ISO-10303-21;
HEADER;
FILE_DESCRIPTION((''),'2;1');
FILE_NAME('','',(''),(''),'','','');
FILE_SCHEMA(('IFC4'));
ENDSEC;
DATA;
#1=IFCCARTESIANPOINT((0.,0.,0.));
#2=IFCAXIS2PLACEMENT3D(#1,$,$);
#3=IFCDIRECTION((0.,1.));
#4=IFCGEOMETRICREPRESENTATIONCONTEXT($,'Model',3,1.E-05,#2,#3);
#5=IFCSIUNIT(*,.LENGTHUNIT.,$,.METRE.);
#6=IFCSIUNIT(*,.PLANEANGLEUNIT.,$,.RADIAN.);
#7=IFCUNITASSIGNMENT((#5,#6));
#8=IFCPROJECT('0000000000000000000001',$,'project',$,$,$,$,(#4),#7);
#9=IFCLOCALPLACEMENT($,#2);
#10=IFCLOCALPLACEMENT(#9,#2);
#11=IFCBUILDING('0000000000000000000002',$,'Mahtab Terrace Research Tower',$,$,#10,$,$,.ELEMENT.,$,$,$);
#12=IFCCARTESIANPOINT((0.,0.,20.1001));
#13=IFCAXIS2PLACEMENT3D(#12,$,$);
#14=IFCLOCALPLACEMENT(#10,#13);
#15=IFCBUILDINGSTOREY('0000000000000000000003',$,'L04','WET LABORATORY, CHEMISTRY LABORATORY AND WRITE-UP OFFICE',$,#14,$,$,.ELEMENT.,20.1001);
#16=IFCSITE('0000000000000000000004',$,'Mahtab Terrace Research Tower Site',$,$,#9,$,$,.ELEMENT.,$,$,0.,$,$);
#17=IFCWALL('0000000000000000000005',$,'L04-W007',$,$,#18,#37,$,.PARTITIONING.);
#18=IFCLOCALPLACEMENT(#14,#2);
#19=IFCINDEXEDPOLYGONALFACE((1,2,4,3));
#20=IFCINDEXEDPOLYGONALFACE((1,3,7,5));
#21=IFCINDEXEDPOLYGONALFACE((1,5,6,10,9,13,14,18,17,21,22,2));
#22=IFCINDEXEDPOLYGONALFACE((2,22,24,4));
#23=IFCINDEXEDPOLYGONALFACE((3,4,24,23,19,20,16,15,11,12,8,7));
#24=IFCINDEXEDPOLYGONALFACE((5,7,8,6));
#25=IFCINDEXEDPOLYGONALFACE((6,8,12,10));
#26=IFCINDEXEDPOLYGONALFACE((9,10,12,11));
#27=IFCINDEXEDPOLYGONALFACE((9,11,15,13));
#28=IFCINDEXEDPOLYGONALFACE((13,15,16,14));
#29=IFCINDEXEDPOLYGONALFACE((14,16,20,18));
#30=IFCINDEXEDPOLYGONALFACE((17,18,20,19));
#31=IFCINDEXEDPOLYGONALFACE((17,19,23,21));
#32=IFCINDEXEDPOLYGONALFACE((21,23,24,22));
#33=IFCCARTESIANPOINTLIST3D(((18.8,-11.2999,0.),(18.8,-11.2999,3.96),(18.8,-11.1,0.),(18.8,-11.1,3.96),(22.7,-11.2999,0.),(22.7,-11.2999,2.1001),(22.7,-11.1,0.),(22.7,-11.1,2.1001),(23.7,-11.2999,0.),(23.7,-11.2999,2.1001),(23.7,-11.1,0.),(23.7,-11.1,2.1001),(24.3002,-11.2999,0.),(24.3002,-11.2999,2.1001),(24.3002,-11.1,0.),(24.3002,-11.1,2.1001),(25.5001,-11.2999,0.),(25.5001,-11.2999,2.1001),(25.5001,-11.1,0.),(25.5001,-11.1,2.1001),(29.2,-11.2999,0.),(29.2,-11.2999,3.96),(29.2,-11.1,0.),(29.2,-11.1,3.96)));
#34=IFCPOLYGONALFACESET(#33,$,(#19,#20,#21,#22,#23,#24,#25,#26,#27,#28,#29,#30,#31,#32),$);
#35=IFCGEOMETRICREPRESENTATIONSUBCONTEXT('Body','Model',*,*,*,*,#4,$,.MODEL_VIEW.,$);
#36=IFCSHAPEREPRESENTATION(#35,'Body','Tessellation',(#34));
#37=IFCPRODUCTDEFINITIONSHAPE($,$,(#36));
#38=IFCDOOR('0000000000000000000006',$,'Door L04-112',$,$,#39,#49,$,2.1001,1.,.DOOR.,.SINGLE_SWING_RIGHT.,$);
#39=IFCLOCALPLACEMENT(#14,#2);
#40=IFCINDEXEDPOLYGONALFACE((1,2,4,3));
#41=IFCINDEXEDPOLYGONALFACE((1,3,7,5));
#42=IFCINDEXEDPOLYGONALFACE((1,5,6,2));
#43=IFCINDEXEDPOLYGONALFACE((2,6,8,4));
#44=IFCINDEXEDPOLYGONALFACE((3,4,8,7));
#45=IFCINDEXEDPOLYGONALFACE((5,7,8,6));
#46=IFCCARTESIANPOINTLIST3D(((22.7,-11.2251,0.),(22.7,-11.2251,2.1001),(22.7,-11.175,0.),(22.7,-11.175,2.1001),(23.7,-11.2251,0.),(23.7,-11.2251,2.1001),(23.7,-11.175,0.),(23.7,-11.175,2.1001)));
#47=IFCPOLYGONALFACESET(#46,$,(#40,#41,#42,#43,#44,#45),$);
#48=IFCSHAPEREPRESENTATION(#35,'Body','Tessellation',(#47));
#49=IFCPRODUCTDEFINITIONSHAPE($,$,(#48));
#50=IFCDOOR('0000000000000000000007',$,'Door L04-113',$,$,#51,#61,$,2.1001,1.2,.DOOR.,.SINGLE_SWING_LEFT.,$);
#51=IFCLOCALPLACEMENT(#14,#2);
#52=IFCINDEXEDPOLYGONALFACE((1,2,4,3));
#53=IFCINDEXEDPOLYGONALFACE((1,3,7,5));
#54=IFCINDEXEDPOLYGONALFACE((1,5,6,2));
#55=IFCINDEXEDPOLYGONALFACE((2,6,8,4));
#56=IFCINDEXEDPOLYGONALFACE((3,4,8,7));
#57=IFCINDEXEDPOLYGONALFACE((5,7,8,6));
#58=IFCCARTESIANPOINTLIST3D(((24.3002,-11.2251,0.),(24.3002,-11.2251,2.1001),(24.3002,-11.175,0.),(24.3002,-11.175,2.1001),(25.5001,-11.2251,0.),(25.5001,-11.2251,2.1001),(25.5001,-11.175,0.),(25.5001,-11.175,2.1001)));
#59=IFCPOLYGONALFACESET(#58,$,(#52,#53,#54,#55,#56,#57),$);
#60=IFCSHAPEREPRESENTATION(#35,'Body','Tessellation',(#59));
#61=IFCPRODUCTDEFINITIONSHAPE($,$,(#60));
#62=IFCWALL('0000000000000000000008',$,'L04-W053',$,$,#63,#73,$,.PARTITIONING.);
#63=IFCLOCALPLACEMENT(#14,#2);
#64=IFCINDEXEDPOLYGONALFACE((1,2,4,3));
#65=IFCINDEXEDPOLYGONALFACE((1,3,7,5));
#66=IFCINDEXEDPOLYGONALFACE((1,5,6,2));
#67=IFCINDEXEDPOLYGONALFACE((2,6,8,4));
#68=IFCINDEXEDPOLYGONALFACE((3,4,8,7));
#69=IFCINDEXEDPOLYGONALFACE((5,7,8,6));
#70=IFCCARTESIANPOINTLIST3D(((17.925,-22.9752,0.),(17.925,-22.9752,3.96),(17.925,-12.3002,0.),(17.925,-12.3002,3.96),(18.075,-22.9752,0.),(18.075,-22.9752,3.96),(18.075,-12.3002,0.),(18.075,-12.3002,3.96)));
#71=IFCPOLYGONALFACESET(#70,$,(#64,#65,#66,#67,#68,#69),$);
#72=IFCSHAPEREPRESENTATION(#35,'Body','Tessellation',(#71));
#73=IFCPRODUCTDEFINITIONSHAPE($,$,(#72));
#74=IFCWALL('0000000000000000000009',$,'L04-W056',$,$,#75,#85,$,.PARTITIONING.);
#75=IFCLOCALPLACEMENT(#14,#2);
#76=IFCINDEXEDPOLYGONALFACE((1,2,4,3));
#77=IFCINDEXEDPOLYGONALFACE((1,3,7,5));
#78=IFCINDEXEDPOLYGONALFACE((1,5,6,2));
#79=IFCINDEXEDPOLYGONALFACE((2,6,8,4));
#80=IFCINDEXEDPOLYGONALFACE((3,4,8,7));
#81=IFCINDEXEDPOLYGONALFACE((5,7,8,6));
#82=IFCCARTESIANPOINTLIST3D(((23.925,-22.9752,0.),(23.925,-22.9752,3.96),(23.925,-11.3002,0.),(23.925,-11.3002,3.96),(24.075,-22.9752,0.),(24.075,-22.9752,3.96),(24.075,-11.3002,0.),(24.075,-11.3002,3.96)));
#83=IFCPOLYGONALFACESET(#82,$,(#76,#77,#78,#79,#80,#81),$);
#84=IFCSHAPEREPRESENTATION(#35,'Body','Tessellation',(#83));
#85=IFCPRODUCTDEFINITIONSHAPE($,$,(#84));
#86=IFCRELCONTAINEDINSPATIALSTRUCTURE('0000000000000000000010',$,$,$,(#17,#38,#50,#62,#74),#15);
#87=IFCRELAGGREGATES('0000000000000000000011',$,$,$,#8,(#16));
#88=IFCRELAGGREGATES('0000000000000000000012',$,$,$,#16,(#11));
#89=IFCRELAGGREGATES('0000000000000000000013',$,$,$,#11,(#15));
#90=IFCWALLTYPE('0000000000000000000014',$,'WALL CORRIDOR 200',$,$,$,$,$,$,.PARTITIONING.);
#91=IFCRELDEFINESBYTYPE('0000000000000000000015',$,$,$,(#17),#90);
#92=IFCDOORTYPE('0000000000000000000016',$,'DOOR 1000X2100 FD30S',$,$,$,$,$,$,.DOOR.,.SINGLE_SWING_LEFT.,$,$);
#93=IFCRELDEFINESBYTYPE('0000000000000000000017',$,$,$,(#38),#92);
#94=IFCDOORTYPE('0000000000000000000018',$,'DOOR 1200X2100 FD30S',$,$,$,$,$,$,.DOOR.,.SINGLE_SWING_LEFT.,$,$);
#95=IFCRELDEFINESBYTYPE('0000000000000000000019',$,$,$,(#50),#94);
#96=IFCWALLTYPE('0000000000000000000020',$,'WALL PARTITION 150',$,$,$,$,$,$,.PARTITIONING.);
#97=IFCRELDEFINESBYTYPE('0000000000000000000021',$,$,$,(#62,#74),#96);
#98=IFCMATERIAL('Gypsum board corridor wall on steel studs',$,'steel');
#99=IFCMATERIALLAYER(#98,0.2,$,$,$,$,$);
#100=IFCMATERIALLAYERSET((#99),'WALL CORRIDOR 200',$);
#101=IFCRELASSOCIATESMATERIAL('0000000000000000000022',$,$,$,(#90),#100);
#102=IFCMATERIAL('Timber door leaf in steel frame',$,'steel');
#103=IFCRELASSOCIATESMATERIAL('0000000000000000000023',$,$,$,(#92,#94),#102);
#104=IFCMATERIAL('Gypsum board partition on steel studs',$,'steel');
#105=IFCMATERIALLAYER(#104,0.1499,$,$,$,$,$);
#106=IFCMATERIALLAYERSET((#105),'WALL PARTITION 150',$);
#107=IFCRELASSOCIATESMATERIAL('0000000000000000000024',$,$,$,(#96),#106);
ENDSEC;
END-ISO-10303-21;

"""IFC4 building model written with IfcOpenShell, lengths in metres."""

from ifc_helpers import new_model, si_unit, direction, frame, frame_2d, origin, place, context, subcontext, project, spatial, rectangle, extrude, material, layer, layer_set, type_object, element, fill, save


model = new_model("IFC4")

# Units and contexts
model_context = context("Model", 3, precision=1e-05, world=origin(), true_north=direction((0.0, 1.0)))
body_context = subcontext(model_context, "Body", "Model", "MODEL_VIEW")
ifc_project = project(units=[si_unit("LENGTHUNIT", "METRE"), si_unit("PLANEANGLEUNIT", "RADIAN")], contexts=[model_context])

# Site, building, storey
site_placement = place(None, origin())
site = spatial("IfcSite", under=ifc_project, at=site_placement, Name="Mahtab Terrace Research Tower Site", CompositionType="ELEMENT", RefElevation=0.0)
building_placement = place(site_placement, origin())
building = spatial("IfcBuilding", under=site, at=building_placement, Name="Mahtab Terrace Research Tower", CompositionType="ELEMENT")
storey_placement = place(building_placement, frame((0.0, 0.0, 20.1001)))
storey = spatial("IfcBuildingStorey", under=building, at=storey_placement, Name="L04", Description="WET LABORATORY, CHEMISTRY LABORATORY AND WRITE-UP OFFICE", CompositionType="ELEMENT", Elevation=20.1001)

# Wall, openings, doors
ifc_material_1 = material(Name="Gypsum board corridor wall on steel studs", Category="steel")
ifc_layer_1 = layer(ifc_material_1, 0.2)
ifc_layer_set_1 = layer_set([ifc_layer_1], Name="WALL CORRIDOR 200")
wall_type_1 = type_object("IfcWallType", Name="WALL CORRIDOR 200", PredefinedType="PARTITIONING", material=ifc_layer_set_1)
wall_1_placement = place(storey_placement, frame((18.8, -11.2, 0.0), z_axis=(0.0, 0.0, 1.0), x_axis=(1.0, 0.0, 0.0)))
wall_1 = element("IfcWall", 1, at=wall_1_placement, inside=storey, type_object=wall_type_1, Name="L04-W007", PredefinedType="PARTITIONING", context=body_context, shape_type="SweptSolid", body=[
    extrude(rectangle(XDim=10.3999, YDim=0.2, at=frame_2d((5.2, 0.0))), origin(), (0.0, 0.0, 1.0), 3.96),
])
opening_1_placement = place(wall_1_placement, frame((3.8999, 0.0, 0.0)))
opening_1 = element("IfcOpeningElement", 2, at=opening_1_placement, cuts=wall_1, PredefinedType="OPENING", context=body_context, shape_type="SweptSolid", body=[
    extrude(rectangle(XDim=1.0, YDim=2.1001, at=frame_2d((0.5, 1.05))), frame((0.0, 0.1099, 0.0), z_axis=(0.0, -1.0, 0.0), x_axis=(1.0, 0.0, 0.0)), (0.0, 0.0, 1.0), 0.22),
])
opening_2_placement = place(wall_1_placement, frame((5.5, 0.0, 0.0)))
opening_2 = element("IfcOpeningElement", 3, at=opening_2_placement, cuts=wall_1, PredefinedType="OPENING", context=body_context, shape_type="SweptSolid", body=[
    extrude(rectangle(XDim=1.2, YDim=2.1001, at=frame_2d((0.6001, 1.05))), frame((0.0, 0.1099, 0.0), z_axis=(0.0, -1.0, 0.0), x_axis=(1.0, 0.0, 0.0)), (0.0, 0.0, 1.0), 0.22),
])
ifc_material_2 = material(Name="Timber door leaf in steel frame", Category="steel")
door_type_1 = type_object("IfcDoorType", Name="DOOR 1000X2100 FD30S", OperationType="SINGLE_SWING_LEFT", PredefinedType="DOOR", material=ifc_material_2)
door_1_placement = place(opening_1_placement, origin())
door_1 = element("IfcDoor", 4, at=door_1_placement, inside=storey, type_object=door_type_1, Name="Door L04-112", OperationType="SINGLE_SWING_RIGHT", OverallHeight=2.1001, OverallWidth=1.0, PredefinedType="DOOR", context=body_context, shape_type="SweptSolid", body=[
    extrude(rectangle(XDim=1.0, YDim=2.1001, at=frame_2d((0.5, 1.05))), frame((0.0, 0.0249, 0.0), z_axis=(0.0, -1.0, 0.0), x_axis=(1.0, 0.0, 0.0)), (0.0, 0.0, 1.0), 0.05),
])
fill(opening_1, door_1)
door_type_2 = type_object("IfcDoorType", Name="DOOR 1200X2100 FD30S", OperationType="SINGLE_SWING_LEFT", PredefinedType="DOOR", material=ifc_material_2)
door_2_placement = place(opening_2_placement, origin())
door_2 = element("IfcDoor", 5, at=door_2_placement, inside=storey, type_object=door_type_2, Name="Door L04-113", OperationType="SINGLE_SWING_LEFT", OverallHeight=2.1001, OverallWidth=1.2, PredefinedType="DOOR", context=body_context, shape_type="SweptSolid", body=[
    extrude(rectangle(XDim=1.2, YDim=2.1001, at=frame_2d((0.6001, 1.05))), frame((0.0, 0.0249, 0.0), z_axis=(0.0, -1.0, 0.0), x_axis=(1.0, 0.0, 0.0)), (0.0, 0.0, 1.0), 0.05),
])
fill(opening_2, door_2)

# Walls
ifc_material_3 = material(Name="Gypsum board partition on steel studs", Category="steel")
ifc_layer_2 = layer(ifc_material_3, 0.1499)
ifc_layer_set_2 = layer_set([ifc_layer_2], Name="WALL PARTITION 150")
wall_type_2 = type_object("IfcWallType", Name="WALL PARTITION 150", PredefinedType="PARTITIONING", material=ifc_layer_set_2)
wall_2_placement = place(storey_placement, frame((18.0, -22.9751, 0.0), z_axis=(0.0, 0.0, 1.0), x_axis=(0.0, 1.0, 0.0)))
element("IfcWall", 6, at=wall_2_placement, inside=storey, type_object=wall_type_2, Name="L04-W053", PredefinedType="PARTITIONING", context=body_context, shape_type="SweptSolid", body=[
    extrude(rectangle(XDim=10.675, YDim=0.1499, at=frame_2d((5.3374, 0.0))), origin(), (0.0, 0.0, 1.0), 3.96),
])
wall_3_placement = place(storey_placement, frame((24.0, -22.9751, 0.0), z_axis=(0.0, 0.0, 1.0), x_axis=(0.0, 1.0, 0.0)))
element("IfcWall", 7, at=wall_3_placement, inside=storey, type_object=wall_type_2, Name="L04-W056", PredefinedType="PARTITIONING", context=body_context, shape_type="SweptSolid", body=[
    extrude(rectangle(XDim=11.675, YDim=0.1499, at=frame_2d((5.8374, 0.0))), origin(), (0.0, 0.0, 1.0), 3.96),
])

save(model, "model.ifc")
